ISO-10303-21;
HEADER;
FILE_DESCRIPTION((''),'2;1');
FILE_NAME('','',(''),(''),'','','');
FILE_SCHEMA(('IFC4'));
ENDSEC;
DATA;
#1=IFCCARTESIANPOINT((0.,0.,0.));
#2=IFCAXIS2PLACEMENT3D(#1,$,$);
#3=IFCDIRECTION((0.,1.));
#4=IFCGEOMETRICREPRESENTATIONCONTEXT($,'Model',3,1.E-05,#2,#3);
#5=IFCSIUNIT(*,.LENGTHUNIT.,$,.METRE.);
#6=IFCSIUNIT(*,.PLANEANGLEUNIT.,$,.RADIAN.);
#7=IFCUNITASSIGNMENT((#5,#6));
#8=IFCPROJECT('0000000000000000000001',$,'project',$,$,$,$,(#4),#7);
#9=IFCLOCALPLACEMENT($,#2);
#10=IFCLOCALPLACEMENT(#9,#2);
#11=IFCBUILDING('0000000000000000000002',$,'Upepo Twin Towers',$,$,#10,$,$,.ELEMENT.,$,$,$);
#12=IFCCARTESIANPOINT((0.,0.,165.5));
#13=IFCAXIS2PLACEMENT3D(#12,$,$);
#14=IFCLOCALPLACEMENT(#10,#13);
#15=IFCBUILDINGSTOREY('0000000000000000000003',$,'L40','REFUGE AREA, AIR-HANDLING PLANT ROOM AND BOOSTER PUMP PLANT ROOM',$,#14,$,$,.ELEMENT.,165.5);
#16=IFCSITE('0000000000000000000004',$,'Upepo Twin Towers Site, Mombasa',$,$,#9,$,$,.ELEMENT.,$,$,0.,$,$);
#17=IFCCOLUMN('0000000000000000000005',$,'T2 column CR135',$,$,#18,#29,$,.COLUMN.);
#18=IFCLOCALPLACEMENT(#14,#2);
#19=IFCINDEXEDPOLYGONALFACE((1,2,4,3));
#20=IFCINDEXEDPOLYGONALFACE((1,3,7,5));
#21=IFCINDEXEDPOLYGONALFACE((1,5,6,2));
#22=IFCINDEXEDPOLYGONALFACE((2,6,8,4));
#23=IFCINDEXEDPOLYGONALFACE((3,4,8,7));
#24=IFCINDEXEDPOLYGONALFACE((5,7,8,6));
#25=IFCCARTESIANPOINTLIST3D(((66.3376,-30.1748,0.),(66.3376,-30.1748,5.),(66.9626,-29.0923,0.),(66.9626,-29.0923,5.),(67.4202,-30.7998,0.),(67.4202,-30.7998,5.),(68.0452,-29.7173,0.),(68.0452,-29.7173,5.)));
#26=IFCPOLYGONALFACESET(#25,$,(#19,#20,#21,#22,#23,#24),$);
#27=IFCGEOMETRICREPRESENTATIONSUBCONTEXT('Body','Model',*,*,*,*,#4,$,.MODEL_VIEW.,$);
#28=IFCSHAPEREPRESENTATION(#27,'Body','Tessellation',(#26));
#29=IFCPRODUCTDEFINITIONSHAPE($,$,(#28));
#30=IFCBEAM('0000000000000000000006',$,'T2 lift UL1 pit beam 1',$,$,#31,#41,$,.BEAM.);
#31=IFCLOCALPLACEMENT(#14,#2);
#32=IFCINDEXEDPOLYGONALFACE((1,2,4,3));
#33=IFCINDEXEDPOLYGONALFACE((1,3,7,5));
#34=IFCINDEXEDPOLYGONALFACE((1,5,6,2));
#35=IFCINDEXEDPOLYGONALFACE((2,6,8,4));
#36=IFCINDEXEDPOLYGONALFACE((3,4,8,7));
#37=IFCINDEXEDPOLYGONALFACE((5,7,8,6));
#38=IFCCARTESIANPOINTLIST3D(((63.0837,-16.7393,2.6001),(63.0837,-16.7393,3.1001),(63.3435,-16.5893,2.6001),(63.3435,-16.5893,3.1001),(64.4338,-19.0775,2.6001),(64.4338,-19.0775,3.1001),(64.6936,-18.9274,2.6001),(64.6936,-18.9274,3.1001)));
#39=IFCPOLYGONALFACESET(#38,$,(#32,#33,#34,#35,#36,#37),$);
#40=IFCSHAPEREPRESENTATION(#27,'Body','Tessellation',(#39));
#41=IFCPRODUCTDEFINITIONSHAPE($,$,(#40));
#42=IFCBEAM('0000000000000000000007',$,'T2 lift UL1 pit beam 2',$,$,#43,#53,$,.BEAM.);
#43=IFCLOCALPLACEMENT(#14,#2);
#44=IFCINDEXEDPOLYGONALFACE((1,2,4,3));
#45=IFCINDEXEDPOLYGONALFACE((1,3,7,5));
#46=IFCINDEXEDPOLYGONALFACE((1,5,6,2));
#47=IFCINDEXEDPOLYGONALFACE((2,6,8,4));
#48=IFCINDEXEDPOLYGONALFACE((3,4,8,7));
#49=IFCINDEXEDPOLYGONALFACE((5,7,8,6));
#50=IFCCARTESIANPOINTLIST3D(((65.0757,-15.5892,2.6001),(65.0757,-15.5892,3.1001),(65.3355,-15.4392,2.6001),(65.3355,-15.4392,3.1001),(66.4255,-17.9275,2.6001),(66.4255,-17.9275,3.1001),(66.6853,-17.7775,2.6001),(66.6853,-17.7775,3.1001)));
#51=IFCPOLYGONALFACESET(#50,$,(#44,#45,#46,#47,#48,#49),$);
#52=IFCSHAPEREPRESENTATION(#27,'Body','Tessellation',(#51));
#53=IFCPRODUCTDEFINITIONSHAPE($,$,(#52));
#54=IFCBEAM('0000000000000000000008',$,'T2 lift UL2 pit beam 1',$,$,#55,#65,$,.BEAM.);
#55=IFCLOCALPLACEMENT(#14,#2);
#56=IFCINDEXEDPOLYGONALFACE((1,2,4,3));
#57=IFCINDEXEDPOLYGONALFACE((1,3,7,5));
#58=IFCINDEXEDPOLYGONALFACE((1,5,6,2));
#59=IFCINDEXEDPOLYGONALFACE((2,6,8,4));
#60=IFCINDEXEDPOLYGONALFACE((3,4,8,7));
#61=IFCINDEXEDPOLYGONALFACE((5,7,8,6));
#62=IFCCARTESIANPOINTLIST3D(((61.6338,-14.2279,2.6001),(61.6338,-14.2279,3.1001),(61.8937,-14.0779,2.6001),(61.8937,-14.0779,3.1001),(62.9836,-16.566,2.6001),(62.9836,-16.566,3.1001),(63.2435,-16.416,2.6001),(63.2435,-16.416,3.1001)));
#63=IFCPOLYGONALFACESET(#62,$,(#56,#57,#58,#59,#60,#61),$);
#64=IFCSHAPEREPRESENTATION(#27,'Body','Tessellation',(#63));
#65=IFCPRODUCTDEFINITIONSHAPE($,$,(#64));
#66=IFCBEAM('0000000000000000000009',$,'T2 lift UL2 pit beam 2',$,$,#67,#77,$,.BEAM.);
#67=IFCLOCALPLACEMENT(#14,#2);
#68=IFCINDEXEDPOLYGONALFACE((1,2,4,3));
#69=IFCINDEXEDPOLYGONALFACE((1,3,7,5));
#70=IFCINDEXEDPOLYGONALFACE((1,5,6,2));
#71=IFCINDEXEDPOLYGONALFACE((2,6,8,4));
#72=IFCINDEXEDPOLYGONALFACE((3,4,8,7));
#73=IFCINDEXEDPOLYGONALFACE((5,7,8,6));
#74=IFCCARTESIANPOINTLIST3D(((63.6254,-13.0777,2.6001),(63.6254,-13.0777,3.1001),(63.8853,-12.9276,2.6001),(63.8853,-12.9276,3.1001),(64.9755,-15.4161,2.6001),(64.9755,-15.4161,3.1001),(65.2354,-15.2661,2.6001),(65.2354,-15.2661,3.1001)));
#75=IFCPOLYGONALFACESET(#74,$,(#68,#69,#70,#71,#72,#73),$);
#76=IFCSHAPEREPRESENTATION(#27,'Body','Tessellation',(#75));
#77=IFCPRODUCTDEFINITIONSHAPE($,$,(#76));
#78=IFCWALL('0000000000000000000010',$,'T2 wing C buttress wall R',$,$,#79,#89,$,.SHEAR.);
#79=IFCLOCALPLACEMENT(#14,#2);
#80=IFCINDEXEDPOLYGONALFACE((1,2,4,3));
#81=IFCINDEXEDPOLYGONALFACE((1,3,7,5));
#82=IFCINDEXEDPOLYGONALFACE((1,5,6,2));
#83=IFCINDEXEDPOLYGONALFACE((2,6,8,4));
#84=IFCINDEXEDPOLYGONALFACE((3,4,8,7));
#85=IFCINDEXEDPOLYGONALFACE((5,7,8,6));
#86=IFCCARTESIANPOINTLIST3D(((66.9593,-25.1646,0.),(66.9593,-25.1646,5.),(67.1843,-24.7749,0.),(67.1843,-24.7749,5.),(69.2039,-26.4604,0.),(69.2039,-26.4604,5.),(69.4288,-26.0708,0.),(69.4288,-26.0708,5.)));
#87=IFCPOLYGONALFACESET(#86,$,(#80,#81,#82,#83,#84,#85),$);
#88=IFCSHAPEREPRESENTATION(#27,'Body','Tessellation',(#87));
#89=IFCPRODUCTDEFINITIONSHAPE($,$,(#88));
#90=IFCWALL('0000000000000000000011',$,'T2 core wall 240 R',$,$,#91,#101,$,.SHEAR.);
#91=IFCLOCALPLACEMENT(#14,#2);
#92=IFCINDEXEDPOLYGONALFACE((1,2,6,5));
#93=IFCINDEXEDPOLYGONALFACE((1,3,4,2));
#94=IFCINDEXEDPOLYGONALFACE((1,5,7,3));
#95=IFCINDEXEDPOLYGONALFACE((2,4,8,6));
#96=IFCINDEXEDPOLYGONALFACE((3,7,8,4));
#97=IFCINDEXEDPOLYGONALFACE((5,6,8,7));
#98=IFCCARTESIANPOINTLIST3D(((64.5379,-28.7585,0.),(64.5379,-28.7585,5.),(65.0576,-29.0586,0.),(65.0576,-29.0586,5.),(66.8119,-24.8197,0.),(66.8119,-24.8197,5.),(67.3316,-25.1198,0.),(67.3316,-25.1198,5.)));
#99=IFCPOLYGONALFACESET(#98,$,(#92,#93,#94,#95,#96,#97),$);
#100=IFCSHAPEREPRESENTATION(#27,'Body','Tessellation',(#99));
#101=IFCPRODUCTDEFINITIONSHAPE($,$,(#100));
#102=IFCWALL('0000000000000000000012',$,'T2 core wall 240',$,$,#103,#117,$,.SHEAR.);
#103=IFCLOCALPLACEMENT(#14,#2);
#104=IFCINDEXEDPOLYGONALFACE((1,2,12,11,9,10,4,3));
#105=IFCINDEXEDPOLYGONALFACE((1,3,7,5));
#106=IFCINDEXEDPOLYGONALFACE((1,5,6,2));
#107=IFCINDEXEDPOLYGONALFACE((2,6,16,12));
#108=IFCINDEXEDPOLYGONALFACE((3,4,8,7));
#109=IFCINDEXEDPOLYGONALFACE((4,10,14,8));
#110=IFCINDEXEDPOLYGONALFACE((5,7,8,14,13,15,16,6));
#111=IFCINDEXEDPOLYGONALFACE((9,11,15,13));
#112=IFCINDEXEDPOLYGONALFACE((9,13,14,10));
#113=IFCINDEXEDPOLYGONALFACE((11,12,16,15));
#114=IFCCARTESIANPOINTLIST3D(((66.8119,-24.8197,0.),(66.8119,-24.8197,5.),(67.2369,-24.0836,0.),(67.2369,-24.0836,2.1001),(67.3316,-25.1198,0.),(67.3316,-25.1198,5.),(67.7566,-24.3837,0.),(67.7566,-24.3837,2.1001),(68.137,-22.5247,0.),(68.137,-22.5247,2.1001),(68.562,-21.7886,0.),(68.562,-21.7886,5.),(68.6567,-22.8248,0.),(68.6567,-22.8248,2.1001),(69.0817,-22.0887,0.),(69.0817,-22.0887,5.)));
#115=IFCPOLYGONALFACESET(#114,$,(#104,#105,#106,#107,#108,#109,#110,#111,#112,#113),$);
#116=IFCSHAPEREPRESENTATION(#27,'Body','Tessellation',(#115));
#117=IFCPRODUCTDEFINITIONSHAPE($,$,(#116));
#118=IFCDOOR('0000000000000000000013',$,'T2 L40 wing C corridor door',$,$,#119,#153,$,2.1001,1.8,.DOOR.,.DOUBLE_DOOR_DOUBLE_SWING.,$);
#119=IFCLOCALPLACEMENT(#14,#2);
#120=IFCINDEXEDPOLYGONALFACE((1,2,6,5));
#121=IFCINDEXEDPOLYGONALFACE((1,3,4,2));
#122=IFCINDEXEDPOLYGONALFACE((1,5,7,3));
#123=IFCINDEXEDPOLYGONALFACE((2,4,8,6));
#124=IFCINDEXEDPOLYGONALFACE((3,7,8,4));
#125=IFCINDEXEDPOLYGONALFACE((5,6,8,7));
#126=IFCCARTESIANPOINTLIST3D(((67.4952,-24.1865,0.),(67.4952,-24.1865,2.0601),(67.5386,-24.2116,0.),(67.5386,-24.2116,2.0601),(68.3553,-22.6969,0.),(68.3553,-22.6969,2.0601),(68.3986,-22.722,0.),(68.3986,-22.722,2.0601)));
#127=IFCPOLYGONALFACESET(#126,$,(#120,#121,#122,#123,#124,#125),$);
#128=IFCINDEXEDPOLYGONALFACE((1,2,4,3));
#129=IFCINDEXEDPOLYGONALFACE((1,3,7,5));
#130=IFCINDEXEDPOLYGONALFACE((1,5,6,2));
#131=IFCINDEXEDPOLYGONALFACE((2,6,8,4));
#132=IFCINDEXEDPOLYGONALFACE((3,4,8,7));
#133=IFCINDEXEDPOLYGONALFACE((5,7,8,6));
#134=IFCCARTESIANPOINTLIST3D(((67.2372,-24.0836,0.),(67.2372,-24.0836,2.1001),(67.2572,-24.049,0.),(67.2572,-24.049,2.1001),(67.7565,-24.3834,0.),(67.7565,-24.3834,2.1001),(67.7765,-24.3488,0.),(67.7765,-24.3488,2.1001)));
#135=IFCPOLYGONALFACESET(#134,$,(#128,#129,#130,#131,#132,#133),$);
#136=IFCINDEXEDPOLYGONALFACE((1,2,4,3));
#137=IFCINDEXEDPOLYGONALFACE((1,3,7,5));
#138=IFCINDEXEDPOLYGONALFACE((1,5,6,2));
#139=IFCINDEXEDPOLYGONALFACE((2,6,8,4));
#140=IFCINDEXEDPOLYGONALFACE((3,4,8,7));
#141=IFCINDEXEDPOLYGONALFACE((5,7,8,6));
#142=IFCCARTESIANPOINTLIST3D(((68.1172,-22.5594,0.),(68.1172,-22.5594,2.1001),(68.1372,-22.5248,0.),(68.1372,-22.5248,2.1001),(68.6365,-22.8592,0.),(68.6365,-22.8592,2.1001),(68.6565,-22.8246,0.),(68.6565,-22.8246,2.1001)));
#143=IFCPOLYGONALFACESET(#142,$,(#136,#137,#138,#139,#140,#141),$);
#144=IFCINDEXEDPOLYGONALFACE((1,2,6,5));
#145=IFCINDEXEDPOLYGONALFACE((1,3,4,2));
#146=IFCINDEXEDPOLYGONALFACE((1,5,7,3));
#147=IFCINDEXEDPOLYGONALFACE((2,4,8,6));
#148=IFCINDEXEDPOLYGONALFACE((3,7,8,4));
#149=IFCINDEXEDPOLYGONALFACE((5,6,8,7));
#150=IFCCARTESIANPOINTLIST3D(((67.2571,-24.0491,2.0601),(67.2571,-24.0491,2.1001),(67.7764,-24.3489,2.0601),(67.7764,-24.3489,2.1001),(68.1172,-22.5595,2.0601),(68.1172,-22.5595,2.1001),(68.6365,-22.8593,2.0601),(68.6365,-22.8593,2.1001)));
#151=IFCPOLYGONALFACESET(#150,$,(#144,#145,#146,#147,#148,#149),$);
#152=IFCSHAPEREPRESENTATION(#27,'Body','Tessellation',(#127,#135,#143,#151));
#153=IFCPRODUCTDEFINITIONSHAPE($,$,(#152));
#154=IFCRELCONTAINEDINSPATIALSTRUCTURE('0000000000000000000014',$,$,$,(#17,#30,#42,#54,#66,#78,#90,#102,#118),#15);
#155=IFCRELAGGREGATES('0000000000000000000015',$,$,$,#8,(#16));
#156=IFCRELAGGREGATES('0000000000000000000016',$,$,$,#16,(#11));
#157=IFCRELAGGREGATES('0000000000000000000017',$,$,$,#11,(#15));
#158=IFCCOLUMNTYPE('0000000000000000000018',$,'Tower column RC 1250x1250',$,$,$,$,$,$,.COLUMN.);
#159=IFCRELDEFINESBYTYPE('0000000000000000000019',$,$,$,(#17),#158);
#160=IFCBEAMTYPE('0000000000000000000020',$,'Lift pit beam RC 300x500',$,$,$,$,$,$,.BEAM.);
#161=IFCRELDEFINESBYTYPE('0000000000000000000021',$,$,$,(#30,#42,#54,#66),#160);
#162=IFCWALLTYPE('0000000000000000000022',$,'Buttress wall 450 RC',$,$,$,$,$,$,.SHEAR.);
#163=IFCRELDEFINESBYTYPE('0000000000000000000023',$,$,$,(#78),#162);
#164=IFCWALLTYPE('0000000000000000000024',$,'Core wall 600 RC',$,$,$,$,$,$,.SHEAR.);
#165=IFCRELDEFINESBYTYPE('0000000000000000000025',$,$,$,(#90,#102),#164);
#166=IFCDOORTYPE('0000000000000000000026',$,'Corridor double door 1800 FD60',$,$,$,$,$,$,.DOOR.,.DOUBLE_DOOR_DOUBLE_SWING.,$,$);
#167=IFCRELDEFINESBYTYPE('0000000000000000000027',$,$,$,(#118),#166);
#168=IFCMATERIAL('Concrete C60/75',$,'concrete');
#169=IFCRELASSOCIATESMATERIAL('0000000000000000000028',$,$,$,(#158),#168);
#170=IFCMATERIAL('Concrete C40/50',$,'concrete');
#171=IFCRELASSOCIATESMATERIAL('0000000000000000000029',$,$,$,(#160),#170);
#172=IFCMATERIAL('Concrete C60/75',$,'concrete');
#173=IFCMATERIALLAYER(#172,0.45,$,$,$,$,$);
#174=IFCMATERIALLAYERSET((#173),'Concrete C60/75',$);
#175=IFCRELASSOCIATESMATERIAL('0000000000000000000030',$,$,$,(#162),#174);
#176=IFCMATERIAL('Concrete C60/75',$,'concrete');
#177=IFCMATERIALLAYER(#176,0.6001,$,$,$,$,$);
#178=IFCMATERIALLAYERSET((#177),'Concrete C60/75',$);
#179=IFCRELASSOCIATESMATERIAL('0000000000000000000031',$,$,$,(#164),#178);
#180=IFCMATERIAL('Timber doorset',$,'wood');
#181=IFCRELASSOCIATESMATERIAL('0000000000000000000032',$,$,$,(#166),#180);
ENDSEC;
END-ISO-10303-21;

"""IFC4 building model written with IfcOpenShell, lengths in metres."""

from ifc_helpers import new_model, si_unit, direction, frame, frame_2d, origin, origin_2d, place, context, subcontext, project, spatial, rectangle, extrude, material, layer, layer_set, material_profile, profile_set, type_object, element, fill, save


model = new_model("IFC4")

# Units and contexts
model_context = context("Model", 3, precision=1e-05, world=origin(), true_north=direction((0.0, 1.0)))
body_context = subcontext(model_context, "Body", "Model", "MODEL_VIEW")
ifc_project = project(units=[si_unit("LENGTHUNIT", "METRE"), si_unit("PLANEANGLEUNIT", "RADIAN")], contexts=[model_context])

# Site, building, storey
site_placement = place(None, origin())
site = spatial("IfcSite", under=ifc_project, at=site_placement, Name="Upepo Twin Towers Site, Mombasa", CompositionType="ELEMENT", RefElevation=0.0)
building_placement = place(site_placement, origin())
building = spatial("IfcBuilding", under=site, at=building_placement, Name="Upepo Twin Towers", CompositionType="ELEMENT")
storey_placement = place(building_placement, frame((0.0, 0.0, 165.5)))
storey = spatial("IfcBuildingStorey", under=building, at=storey_placement, Name="L40", Description="REFUGE AREA, AIR-HANDLING PLANT ROOM AND BOOSTER PUMP PLANT ROOM", CompositionType="ELEMENT", Elevation=165.5)

# Column
ifc_material_1 = material(Name="Concrete C60/75", Category="concrete")
ifc_material_profile_1 = material_profile(ifc_material_1, rectangle(XDim=1.25, YDim=1.25, at=origin_2d()), Name="RC 1250x1250")
ifc_profile_set_1 = profile_set([ifc_material_profile_1], Name="Concrete C60/75")
column_type = type_object("IfcColumnType", Name="Tower column RC 1250x1250", PredefinedType="COLUMN", material=ifc_profile_set_1)
column_placement = place(storey_placement, frame((67.1914, -29.946, 0.0), z_axis=(0.0, 0.0, 1.0), x_axis=(0.5, 0.866025, 0.0)))
element("IfcColumn", 1, at=column_placement, inside=storey, type_object=column_type, Name="T2 column CR135", PredefinedType="COLUMN", context=body_context, shape_type="SweptSolid", body=[
    extrude(rectangle(XDim=1.25, YDim=1.25, at=origin_2d()), origin(), (0.0, 0.0, 1.0), 5.0),
])

# Beams
ifc_material_2 = material(Name="Concrete C40/50", Category="concrete")
ifc_material_profile_2 = material_profile(ifc_material_2, rectangle(XDim=0.3, YDim=0.5, at=origin_2d()), Name="RC 300x500")
ifc_profile_set_2 = profile_set([ifc_material_profile_2], Name="Concrete C40/50")
beam_type = type_object("IfcBeamType", Name="Lift pit beam RC 300x500", PredefinedType="BEAM", material=ifc_profile_set_2)
for number, where, z_axis, x_axis, name in (
    (2, (64.5637, -19.0024, 2.8501), (-0.500049, 0.865997, 0.0), (-0.865997, -0.500049, 0.0), "T2 lift UL1 pit beam 1"),
    (3, (66.5554, -17.8525, 2.8501), (-0.499942, 0.866059, 0.0), (-0.866059, -0.499942, 0.0), "T2 lift UL1 pit beam 2"),
):
    element("IfcBeam", number, at=place(storey_placement, frame(where, z_axis=z_axis, x_axis=x_axis)), inside=storey, type_object=beam_type, Name=name, PredefinedType="BEAM", context=body_context, shape_type="SweptSolid", body=[
        extrude(rectangle(XDim=0.3, YDim=0.5, at=origin_2d()), origin(), (0.0, 0.0, 1.0), 2.7),
    ])
beam_1_placement = place(storey_placement, frame((63.1135, -16.491, 2.8501), z_axis=(-0.499981, 0.866037, 0.0), x_axis=(-0.866037, -0.499981, 0.0)))
element("IfcBeam", 4, at=beam_1_placement, inside=storey, type_object=beam_type, Name="T2 lift UL2 pit beam 1", PredefinedType="BEAM", context=body_context, shape_type="SweptSolid", body=[
    extrude(rectangle(XDim=0.3, YDim=0.5, at=origin_2d()), origin(), (0.0, 0.0, 1.0), 2.6997),
])
beam_2_placement = place(storey_placement, frame((65.1055, -15.3411, 2.8501), z_axis=(-0.500009, 0.86602, 0.0), x_axis=(-0.86602, -0.500009, 0.0)))
element("IfcBeam", 5, at=beam_2_placement, inside=storey, type_object=beam_type, Name="T2 lift UL2 pit beam 2", PredefinedType="BEAM", context=body_context, shape_type="SweptSolid", body=[
    extrude(rectangle(XDim=0.3, YDim=0.5, at=origin_2d()), origin(), (0.0, 0.0, 1.0), 2.7002),
])

# Walls
ifc_material_3 = material(Name="Concrete C60/75", Category="concrete")
ifc_layer_1 = layer(ifc_material_3, 0.45)
ifc_layer_set_1 = layer_set([ifc_layer_1], Name="Concrete C60/75")
wall_type_1 = type_object("IfcWallType", Name="Buttress wall 450 RC", PredefinedType="SHEAR", material=ifc_layer_set_1)
wall_1_placement = place(storey_placement, frame((67.0718, -24.9697, 0.0), z_axis=(0.0, 0.0, 1.0), x_axis=(0.866032, -0.499989, 0.0)))
element("IfcWall", 6, at=wall_1_placement, inside=storey, type_object=wall_type_1, Name="T2 wing C buttress wall R", PredefinedType="SHEAR", context=body_context, shape_type="SweptSolid", body=[
    extrude(rectangle(XDim=2.5918, YDim=0.45, at=frame_2d((1.2959, 0.0))), origin(), (0.0, 0.0, 1.0), 5.0),
])
ifc_material_4 = material(Name="Concrete C60/75", Category="concrete")
ifc_layer_2 = layer(ifc_material_4, 0.6001)
ifc_layer_set_2 = layer_set([ifc_layer_2], Name="Concrete C60/75")
wall_type_2 = type_object("IfcWallType", Name="Core wall 600 RC", PredefinedType="SHEAR", material=ifc_layer_set_2)
wall_2_placement = place(storey_placement, frame((64.7979, -28.9084, 0.0), z_axis=(0.0, 0.0, 1.0), x_axis=(0.499984, 0.866035, 0.0)))
element("IfcWall", 7, at=wall_2_placement, inside=storey, type_object=wall_type_2, Name="T2 core wall 240 R", PredefinedType="SHEAR", context=body_context, shape_type="SweptSolid", body=[
    extrude(rectangle(XDim=4.5481, YDim=0.6001, at=frame_2d((2.2739, 0.0))), origin(), (0.0, 0.0, 1.0), 5.0),
])

# Wall, opening, door
wall_3_placement = place(storey_placement, frame((67.0718, -24.9697, 0.0), z_axis=(0.0, 0.0, 1.0), x_axis=(0.50001, 0.866019, 0.0)))
wall_3 = element("IfcWall", 8, at=wall_3_placement, inside=storey, type_object=wall_type_2, Name="T2 core wall 240", PredefinedType="SHEAR", context=body_context, shape_type="SweptSolid", body=[
    extrude(rectangle(XDim=3.5, YDim=0.6001, at=frame_2d((1.75, 0.0))), origin(), (0.0, 0.0, 1.0), 5.0),
])
opening_1_placement = place(wall_3_placement, frame((0.8501, 0.0, 0.0)))
opening_1 = element("IfcOpeningElement", 9, at=opening_1_placement, cuts=wall_3, PredefinedType="OPENING", context=body_context, shape_type="SweptSolid", body=[
    extrude(rectangle(XDim=1.8, YDim=2.1001, at=frame_2d((0.8999, 1.05))), frame((0.0, 0.3101, 0.0), z_axis=(0.0, -1.0, 0.0), x_axis=(1.0, 0.0, 0.0)), (0.0, 0.0, 1.0), 0.6201),
])
ifc_material_5 = material(Name="Timber doorset", Category="wood")
door_type_1 = type_object("IfcDoorType", Name="Corridor double door 1800 FD60", OperationType="DOUBLE_DOOR_DOUBLE_SWING", PredefinedType="DOOR", material=ifc_material_5)
door_1_placement = place(opening_1_placement, origin())
door_1 = element("IfcDoor", 10, at=door_1_placement, inside=storey, type_object=door_type_1, Name="T2 L40 wing C corridor door", OperationType="DOUBLE_DOOR_DOUBLE_SWING", OverallHeight=2.1001, OverallWidth=1.8, PredefinedType="DOOR", context=body_context, shape_type="SweptSolid", body=[
    extrude(rectangle(XDim=1.72, YDim=2.0601, at=frame_2d((0.8999, 1.03))), frame((0.0, 0.0249, 0.0), z_axis=(0.0, -1.0, 0.0), x_axis=(1.0, 0.0, 0.0)), (0.0, 0.0, 1.0), 0.05),
    extrude(rectangle(XDim=0.04, YDim=2.1001, at=frame_2d((0.02, 1.05))), frame((0.0, 0.2998, 0.0), z_axis=(0.0, -1.0, 0.0), x_axis=(1.0, 0.0, 0.0)), (0.0, 0.0, 1.0), 0.5996),
    extrude(rectangle(XDim=0.04, YDim=2.1001, at=frame_2d((1.78, 1.05))), frame((0.0, 0.2998, 0.0), z_axis=(0.0, -1.0, 0.0), x_axis=(1.0, 0.0, 0.0)), (0.0, 0.0, 1.0), 0.5996),
    extrude(rectangle(XDim=1.72, YDim=0.04, at=frame_2d((0.8999, 2.0801))), frame((0.0, 0.2998, 0.0), z_axis=(0.0, -1.0, 0.0), x_axis=(1.0, 0.0, 0.0)), (0.0, 0.0, 1.0), 0.5996),
])
fill(opening_1, door_1)

save(model, "model.ifc")
